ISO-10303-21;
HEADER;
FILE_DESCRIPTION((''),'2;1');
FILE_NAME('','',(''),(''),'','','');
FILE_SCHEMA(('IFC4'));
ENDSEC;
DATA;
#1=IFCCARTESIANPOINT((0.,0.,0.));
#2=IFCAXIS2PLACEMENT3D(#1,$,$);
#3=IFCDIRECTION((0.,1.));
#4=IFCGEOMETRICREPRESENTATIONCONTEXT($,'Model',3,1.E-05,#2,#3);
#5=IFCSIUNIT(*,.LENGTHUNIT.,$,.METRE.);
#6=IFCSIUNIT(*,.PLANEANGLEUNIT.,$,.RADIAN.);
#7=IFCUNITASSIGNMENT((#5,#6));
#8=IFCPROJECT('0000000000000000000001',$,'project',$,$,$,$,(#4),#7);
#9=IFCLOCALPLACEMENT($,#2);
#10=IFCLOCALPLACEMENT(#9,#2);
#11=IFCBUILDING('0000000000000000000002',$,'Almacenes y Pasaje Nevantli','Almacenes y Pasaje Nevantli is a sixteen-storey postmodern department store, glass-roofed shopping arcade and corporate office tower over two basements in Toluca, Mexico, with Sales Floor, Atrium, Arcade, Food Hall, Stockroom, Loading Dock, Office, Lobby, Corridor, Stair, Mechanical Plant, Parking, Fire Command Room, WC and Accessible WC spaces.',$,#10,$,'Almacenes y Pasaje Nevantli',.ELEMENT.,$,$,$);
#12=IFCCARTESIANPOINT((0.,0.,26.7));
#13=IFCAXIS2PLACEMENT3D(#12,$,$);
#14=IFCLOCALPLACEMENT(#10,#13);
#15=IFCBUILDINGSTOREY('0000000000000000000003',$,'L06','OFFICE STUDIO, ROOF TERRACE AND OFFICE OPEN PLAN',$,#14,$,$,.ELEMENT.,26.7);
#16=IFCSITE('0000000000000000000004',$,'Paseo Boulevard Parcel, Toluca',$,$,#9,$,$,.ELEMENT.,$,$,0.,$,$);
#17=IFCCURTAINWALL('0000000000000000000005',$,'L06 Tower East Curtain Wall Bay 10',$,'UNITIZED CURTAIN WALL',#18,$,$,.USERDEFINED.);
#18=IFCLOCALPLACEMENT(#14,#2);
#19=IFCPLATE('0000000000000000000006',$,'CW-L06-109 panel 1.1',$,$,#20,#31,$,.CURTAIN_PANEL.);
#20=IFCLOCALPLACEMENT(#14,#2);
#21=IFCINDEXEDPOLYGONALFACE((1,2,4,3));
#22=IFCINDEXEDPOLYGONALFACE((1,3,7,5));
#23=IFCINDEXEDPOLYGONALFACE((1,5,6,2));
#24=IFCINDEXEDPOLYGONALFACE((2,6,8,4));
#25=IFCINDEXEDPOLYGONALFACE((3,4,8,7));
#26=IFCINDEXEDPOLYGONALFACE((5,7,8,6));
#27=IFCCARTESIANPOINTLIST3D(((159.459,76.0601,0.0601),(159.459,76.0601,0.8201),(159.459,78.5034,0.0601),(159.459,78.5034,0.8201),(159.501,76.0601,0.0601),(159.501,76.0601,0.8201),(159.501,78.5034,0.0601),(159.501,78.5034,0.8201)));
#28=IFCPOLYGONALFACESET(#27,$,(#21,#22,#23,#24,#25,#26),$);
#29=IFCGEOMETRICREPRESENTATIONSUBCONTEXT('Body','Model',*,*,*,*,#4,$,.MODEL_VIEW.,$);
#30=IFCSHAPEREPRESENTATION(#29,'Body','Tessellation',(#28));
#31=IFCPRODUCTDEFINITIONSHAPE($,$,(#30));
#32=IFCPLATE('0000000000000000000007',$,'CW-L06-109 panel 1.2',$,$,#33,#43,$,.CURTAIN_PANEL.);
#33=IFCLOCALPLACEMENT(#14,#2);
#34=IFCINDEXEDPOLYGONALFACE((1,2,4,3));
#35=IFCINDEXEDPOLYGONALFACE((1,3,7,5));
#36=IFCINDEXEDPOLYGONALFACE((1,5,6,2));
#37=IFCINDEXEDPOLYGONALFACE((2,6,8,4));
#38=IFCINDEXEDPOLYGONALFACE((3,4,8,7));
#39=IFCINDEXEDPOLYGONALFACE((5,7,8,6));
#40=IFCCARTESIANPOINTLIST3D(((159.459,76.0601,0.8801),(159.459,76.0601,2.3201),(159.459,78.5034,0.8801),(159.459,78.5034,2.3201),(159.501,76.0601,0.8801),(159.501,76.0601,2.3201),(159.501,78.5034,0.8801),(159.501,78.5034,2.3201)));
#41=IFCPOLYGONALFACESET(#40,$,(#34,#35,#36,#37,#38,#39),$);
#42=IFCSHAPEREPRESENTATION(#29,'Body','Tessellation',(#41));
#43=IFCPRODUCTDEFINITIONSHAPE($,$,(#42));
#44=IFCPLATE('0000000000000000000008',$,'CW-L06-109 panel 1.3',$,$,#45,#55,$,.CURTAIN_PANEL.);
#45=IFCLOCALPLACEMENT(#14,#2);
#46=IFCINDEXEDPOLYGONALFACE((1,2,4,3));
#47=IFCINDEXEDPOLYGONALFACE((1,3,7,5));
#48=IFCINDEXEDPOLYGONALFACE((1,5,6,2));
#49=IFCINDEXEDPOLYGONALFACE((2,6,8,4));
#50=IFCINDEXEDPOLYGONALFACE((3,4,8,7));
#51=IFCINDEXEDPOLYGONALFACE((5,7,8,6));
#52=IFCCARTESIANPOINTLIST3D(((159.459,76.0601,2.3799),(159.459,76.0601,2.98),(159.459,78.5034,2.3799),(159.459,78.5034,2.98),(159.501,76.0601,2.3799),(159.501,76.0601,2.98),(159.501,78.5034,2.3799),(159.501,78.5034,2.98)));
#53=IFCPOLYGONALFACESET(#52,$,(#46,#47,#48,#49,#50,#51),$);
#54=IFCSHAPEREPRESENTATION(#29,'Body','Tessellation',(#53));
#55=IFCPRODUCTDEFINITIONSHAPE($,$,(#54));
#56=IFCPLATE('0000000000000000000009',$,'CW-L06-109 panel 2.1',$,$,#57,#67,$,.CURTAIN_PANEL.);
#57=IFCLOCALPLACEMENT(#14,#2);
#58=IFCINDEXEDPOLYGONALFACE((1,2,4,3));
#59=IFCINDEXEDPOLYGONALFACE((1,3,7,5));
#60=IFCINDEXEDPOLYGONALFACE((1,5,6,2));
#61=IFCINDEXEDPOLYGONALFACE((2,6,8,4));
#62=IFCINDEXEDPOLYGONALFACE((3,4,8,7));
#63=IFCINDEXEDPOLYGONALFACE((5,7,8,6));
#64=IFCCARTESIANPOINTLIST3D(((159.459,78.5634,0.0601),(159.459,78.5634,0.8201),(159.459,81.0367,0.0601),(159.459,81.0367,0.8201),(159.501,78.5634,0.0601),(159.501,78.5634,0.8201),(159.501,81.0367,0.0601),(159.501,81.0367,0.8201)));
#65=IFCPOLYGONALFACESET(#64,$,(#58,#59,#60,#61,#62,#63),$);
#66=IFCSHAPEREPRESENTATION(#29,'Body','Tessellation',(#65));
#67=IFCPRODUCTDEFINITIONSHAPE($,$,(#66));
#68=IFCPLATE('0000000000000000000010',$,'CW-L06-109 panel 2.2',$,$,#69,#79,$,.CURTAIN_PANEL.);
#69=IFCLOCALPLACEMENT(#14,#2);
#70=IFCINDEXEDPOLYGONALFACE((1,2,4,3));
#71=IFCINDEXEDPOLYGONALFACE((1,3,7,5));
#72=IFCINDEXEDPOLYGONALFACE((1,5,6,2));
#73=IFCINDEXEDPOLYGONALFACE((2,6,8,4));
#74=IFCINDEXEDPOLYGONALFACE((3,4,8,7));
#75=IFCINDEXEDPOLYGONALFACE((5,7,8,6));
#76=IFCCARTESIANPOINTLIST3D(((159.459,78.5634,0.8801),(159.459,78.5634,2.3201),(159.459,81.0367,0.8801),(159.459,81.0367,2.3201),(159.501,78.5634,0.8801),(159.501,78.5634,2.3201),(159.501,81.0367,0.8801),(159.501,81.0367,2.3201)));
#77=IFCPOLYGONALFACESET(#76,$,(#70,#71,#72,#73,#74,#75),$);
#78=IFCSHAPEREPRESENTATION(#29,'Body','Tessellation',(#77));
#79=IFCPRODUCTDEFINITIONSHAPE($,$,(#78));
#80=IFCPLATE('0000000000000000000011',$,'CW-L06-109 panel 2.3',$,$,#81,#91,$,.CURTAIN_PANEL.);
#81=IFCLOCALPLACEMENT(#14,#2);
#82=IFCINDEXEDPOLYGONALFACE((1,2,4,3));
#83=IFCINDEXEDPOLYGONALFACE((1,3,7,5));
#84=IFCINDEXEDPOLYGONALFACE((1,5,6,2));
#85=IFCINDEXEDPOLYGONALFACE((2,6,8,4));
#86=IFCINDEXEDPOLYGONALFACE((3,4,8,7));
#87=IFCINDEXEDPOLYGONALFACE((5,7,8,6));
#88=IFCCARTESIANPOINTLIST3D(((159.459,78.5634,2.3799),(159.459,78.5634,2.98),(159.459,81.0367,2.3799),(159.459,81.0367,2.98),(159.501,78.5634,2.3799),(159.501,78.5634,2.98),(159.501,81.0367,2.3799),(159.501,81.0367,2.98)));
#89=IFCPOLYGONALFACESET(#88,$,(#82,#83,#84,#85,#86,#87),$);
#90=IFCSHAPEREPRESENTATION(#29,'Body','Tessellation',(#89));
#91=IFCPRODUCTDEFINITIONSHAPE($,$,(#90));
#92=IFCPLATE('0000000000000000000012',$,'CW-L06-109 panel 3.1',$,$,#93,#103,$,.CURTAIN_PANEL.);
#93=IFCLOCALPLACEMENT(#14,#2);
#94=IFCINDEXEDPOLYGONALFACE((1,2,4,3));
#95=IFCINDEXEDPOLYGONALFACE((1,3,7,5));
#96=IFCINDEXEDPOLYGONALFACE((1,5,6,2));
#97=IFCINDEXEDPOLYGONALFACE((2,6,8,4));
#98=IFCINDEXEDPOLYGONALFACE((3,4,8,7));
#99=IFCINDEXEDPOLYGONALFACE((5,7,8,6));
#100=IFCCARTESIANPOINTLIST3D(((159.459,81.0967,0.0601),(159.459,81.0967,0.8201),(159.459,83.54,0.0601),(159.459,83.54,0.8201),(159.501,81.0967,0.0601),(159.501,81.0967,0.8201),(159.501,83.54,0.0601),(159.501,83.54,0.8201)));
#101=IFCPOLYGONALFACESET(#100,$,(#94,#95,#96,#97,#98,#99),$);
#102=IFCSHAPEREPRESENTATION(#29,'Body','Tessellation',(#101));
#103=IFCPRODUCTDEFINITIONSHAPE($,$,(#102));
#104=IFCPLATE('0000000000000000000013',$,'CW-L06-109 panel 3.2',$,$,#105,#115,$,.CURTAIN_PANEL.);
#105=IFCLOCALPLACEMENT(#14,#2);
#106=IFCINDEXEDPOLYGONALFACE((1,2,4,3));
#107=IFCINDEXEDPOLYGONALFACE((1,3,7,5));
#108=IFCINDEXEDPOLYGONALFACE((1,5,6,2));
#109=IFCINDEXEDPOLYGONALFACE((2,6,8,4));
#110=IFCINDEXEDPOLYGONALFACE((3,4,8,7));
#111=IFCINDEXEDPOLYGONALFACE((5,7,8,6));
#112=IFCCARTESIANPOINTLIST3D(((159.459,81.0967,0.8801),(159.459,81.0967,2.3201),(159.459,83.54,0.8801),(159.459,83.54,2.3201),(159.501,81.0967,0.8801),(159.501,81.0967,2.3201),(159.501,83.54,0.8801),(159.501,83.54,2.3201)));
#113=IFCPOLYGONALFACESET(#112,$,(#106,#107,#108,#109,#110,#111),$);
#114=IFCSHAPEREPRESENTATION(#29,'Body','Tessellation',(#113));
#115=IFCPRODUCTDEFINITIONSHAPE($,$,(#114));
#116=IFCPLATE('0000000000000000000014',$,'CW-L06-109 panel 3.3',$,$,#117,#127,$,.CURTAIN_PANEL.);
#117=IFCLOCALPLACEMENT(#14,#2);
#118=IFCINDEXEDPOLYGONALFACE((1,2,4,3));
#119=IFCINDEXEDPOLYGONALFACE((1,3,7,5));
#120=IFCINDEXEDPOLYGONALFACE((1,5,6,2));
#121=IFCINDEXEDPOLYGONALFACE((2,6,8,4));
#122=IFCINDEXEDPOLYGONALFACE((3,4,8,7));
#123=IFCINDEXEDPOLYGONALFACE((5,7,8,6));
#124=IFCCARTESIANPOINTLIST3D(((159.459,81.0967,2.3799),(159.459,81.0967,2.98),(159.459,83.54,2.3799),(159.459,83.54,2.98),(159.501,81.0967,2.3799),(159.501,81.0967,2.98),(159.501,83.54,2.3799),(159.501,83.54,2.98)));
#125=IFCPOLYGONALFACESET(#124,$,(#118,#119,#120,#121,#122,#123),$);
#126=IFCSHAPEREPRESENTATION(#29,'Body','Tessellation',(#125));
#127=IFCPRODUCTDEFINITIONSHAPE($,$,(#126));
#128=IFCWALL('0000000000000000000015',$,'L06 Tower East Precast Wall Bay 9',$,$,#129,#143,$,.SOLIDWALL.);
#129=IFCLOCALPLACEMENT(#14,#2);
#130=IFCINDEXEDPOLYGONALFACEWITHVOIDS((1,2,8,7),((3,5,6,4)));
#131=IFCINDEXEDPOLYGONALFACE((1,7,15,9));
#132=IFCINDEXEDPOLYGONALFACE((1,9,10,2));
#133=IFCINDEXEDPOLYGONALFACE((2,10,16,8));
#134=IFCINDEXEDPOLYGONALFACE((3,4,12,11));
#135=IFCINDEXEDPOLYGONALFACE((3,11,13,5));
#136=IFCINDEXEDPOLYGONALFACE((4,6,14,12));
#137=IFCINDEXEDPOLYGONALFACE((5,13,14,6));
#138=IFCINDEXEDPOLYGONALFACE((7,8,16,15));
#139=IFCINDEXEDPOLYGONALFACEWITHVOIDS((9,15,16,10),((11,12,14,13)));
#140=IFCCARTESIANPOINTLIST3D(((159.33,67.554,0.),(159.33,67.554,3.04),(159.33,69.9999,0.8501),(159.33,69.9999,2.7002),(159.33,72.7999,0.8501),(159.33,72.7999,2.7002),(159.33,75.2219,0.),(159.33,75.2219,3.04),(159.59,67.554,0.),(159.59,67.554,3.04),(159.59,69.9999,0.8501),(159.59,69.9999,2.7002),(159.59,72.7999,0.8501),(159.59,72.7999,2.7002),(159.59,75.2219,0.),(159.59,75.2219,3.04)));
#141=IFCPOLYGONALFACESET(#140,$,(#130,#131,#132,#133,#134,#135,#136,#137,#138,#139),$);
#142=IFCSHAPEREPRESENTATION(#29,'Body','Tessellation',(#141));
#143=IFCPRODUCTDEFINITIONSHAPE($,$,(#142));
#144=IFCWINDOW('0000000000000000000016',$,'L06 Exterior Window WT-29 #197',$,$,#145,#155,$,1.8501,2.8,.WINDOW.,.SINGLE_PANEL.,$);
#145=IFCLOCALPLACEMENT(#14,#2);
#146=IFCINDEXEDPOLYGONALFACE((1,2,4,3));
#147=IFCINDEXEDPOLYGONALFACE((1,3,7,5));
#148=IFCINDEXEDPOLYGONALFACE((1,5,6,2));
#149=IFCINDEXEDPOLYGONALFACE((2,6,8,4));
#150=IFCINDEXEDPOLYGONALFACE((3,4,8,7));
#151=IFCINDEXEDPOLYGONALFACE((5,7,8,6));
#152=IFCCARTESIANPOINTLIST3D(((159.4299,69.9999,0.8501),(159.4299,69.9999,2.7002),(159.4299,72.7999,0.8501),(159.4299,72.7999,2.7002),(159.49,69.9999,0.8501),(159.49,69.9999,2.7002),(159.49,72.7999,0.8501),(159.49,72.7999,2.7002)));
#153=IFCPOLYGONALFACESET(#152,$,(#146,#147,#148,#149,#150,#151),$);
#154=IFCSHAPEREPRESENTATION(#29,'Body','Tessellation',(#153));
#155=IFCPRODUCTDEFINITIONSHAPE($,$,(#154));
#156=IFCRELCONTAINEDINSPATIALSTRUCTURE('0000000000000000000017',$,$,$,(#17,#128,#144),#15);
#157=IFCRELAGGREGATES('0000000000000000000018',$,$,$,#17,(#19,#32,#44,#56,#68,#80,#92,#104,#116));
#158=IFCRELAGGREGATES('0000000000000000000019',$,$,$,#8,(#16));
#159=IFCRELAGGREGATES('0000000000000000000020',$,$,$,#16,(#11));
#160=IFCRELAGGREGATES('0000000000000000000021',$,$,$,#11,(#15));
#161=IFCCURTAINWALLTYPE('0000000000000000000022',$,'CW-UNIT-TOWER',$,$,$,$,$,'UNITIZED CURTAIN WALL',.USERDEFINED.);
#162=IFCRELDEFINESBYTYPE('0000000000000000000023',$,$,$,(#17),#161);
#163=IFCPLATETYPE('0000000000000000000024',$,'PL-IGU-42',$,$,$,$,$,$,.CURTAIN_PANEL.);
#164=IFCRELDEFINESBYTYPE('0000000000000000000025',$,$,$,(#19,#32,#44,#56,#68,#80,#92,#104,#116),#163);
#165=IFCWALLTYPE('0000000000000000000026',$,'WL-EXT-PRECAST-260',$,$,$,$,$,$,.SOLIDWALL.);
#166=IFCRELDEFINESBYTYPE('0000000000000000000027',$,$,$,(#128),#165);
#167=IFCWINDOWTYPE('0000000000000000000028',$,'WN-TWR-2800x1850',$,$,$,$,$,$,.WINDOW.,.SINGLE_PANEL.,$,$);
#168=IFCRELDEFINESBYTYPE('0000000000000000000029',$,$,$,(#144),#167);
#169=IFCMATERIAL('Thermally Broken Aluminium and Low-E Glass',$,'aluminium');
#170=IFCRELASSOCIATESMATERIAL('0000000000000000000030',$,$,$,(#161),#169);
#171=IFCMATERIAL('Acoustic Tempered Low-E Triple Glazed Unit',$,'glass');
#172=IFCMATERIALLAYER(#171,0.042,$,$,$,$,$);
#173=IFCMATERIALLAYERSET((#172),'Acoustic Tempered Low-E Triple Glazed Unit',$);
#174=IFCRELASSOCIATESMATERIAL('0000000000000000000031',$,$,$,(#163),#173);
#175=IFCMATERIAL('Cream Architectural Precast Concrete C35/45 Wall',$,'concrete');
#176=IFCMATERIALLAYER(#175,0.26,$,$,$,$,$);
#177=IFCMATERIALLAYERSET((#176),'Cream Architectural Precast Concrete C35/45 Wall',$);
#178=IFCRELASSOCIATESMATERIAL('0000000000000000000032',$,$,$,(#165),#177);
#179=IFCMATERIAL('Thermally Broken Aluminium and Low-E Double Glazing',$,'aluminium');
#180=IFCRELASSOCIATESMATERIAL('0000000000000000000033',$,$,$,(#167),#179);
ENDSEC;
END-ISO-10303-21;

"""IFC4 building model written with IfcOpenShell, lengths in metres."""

from ifc_helpers import new_model, si_unit, direction, frame, frame_2d, origin, origin_2d, place, context, subcontext, project, spatial, rectangle, extrude, material, layer, layer_set, type_object, element, fill, aggregate, save


model = new_model("IFC4")

# Units and contexts
model_context = context("Model", 3, precision=1e-05, world=origin(), true_north=direction((0.0, 1.0)))
body_context = subcontext(model_context, "Body", "Model", "MODEL_VIEW")
ifc_project = project(units=[si_unit("LENGTHUNIT", "METRE"), si_unit("PLANEANGLEUNIT", "RADIAN")], contexts=[model_context])

# Site, building, storey
site_placement = place(None, origin())
site = spatial("IfcSite", under=ifc_project, at=site_placement, Name="Paseo Boulevard Parcel, Toluca", CompositionType="ELEMENT", RefElevation=0.0)
building_placement = place(site_placement, origin())
building = spatial("IfcBuilding", under=site, at=building_placement, Name="Almacenes y Pasaje Nevantli", Description="Almacenes y Pasaje Nevantli is a sixteen-storey postmodern department store, glass-roofed shopping arcade and corporate office tower over two basements in Toluca, Mexico, with Sales Floor, Atrium, Arcade, Food Hall, Stockroom, Loading Dock, Office, Lobby, Corridor, Stair, Mechanical Plant, Parking, Fire Command Room, WC and Accessible WC spaces.", LongName="Almacenes y Pasaje Nevantli", CompositionType="ELEMENT")
storey_placement = place(building_placement, frame((0.0, 0.0, 26.7)))
storey = spatial("IfcBuildingStorey", under=building, at=storey_placement, Name="L06", Description="OFFICE STUDIO, ROOF TERRACE AND OFFICE OPEN PLAN", CompositionType="ELEMENT", Elevation=26.7)

# Shared definitions
ifc_material_1 = material(Name="Thermally Broken Aluminium and Low-E Glass", Category="aluminium")
curtain_wall_type = type_object("IfcCurtainWallType", Name="CW-UNIT-TOWER", ElementType="UNITIZED CURTAIN WALL", PredefinedType="USERDEFINED", material=ifc_material_1)

# Curtain wall, plates
curtain_wall_1_placement = place(storey_placement, origin())
curtain_wall_1 = element("IfcCurtainWall", 1, at=curtain_wall_1_placement, inside=storey, type_object=curtain_wall_type, Name="L06 Tower East Curtain Wall Bay 10", ObjectType="UNITIZED CURTAIN WALL", PredefinedType="USERDEFINED")
ifc_material_2 = material(Name="Acoustic Tempered Low-E Triple Glazed Unit", Category="glass")
ifc_layer_1 = layer(ifc_material_2, 0.042)
ifc_layer_set_1 = layer_set([ifc_layer_1], Name="Acoustic Tempered Low-E Triple Glazed Unit")
plate_type = type_object("IfcPlateType", Name="PL-IGU-42", PredefinedType="CURTAIN_PANEL", material=ifc_layer_set_1)
plate_1_placement = place(storey_placement, frame((159.48, 77.2817, 0.0601), z_axis=(0.0, 0.0, 1.0), x_axis=(0.0, 1.0, 0.0)))
plate_1 = element("IfcPlate", 2, at=plate_1_placement, type_object=plate_type, Name="CW-L06-109 panel 1.1", PredefinedType="CURTAIN_PANEL", context=body_context, shape_type="SweptSolid", body=[
    extrude(rectangle(XDim=2.4434, YDim=0.042, at=origin_2d()), origin(), (0.0, 0.0, 1.0), 0.76),
])
plate_2_placement = place(storey_placement, frame((159.48, 77.2817, 0.8801), z_axis=(0.0, 0.0, 1.0), x_axis=(0.0, 1.0, 0.0)))
plate_2 = element("IfcPlate", 3, at=plate_2_placement, type_object=plate_type, Name="CW-L06-109 panel 1.2", PredefinedType="CURTAIN_PANEL", context=body_context, shape_type="SweptSolid", body=[
    extrude(rectangle(XDim=2.4434, YDim=0.042, at=origin_2d()), origin(), (0.0, 0.0, 1.0), 1.4399),
])
plate_3_placement = place(storey_placement, frame((159.48, 77.2817, 2.3799), z_axis=(0.0, 0.0, 1.0), x_axis=(0.0, 1.0, 0.0)))
plate_3 = element("IfcPlate", 4, at=plate_3_placement, type_object=plate_type, Name="CW-L06-109 panel 1.3", PredefinedType="CURTAIN_PANEL", context=body_context, shape_type="SweptSolid", body=[
    extrude(rectangle(XDim=2.4434, YDim=0.042, at=origin_2d()), origin(), (0.0, 0.0, 1.0), 0.6001),
])
plate_4_placement = place(storey_placement, frame((159.48, 79.8, 0.0601), z_axis=(0.0, 0.0, 1.0), x_axis=(0.0, 1.0, 0.0)))
plate_4 = element("IfcPlate", 5, at=plate_4_placement, type_object=plate_type, Name="CW-L06-109 panel 2.1", PredefinedType="CURTAIN_PANEL", context=body_context, shape_type="SweptSolid", body=[
    extrude(rectangle(XDim=2.4734, YDim=0.042, at=origin_2d()), origin(), (0.0, 0.0, 1.0), 0.76),
])
plate_5_placement = place(storey_placement, frame((159.48, 79.8, 0.8801), z_axis=(0.0, 0.0, 1.0), x_axis=(0.0, 1.0, 0.0)))
plate_5 = element("IfcPlate", 6, at=plate_5_placement, type_object=plate_type, Name="CW-L06-109 panel 2.2", PredefinedType="CURTAIN_PANEL", context=body_context, shape_type="SweptSolid", body=[
    extrude(rectangle(XDim=2.4734, YDim=0.042, at=origin_2d()), origin(), (0.0, 0.0, 1.0), 1.4399),
])
plate_6_placement = place(storey_placement, frame((159.48, 79.8, 2.3799), z_axis=(0.0, 0.0, 1.0), x_axis=(0.0, 1.0, 0.0)))
plate_6 = element("IfcPlate", 7, at=plate_6_placement, type_object=plate_type, Name="CW-L06-109 panel 2.3", PredefinedType="CURTAIN_PANEL", context=body_context, shape_type="SweptSolid", body=[
    extrude(rectangle(XDim=2.4734, YDim=0.042, at=origin_2d()), origin(), (0.0, 0.0, 1.0), 0.6001),
])
plate_7_placement = place(storey_placement, frame((159.48, 82.3184, 0.0601), z_axis=(0.0, 0.0, 1.0), x_axis=(0.0, 1.0, 0.0)))
plate_7 = element("IfcPlate", 8, at=plate_7_placement, type_object=plate_type, Name="CW-L06-109 panel 3.1", PredefinedType="CURTAIN_PANEL", context=body_context, shape_type="SweptSolid", body=[
    extrude(rectangle(XDim=2.4434, YDim=0.042, at=origin_2d()), origin(), (0.0, 0.0, 1.0), 0.76),
])
plate_8_placement = place(storey_placement, frame((159.48, 82.3184, 0.8801), z_axis=(0.0, 0.0, 1.0), x_axis=(0.0, 1.0, 0.0)))
plate_8 = element("IfcPlate", 9, at=plate_8_placement, type_object=plate_type, Name="CW-L06-109 panel 3.2", PredefinedType="CURTAIN_PANEL", context=body_context, shape_type="SweptSolid", body=[
    extrude(rectangle(XDim=2.4434, YDim=0.042, at=origin_2d()), origin(), (0.0, 0.0, 1.0), 1.4399),
])
plate_9_placement = place(storey_placement, frame((159.48, 82.3184, 2.3799), z_axis=(0.0, 0.0, 1.0), x_axis=(0.0, 1.0, 0.0)))
plate_9 = element("IfcPlate", 10, at=plate_9_placement, type_object=plate_type, Name="CW-L06-109 panel 3.3", PredefinedType="CURTAIN_PANEL", context=body_context, shape_type="SweptSolid", body=[
    extrude(rectangle(XDim=2.4434, YDim=0.042, at=origin_2d()), origin(), (0.0, 0.0, 1.0), 0.6001),
])
aggregate(curtain_wall_1, [plate_1, plate_2, plate_3, plate_4, plate_5, plate_6, plate_7, plate_8, plate_9])

# Wall, opening, window
ifc_material_3 = material(Name="Cream Architectural Precast Concrete C35/45 Wall", Category="concrete")
ifc_layer_2 = layer(ifc_material_3, 0.26)
ifc_layer_set_2 = layer_set([ifc_layer_2], Name="Cream Architectural Precast Concrete C35/45 Wall")
wall_type = type_object("IfcWallType", Name="WL-EXT-PRECAST-260", PredefinedType="SOLIDWALL", material=ifc_layer_set_2)
wall_placement = place(storey_placement, frame((159.46, 67.554, 0.0), z_axis=(0.0, 0.0, 1.0), x_axis=(0.0, 1.0, 0.0)))
wall = element("IfcWall", 11, at=wall_placement, inside=storey, type_object=wall_type, Name="L06 Tower East Precast Wall Bay 9", PredefinedType="SOLIDWALL", context=body_context, shape_type="SweptSolid", body=[
    extrude(rectangle(XDim=7.668, YDim=0.26, at=frame_2d((3.834, 0.0))), origin(), (0.0, 0.0, 1.0), 3.04),
])
opening_placement = place(wall_placement, frame((2.446, 0.0, 0.8501)))
opening = element("IfcOpeningElement", 12, at=opening_placement, cuts=wall, PredefinedType="OPENING", context=body_context, shape_type="SweptSolid", body=[
    extrude(rectangle(XDim=2.8, YDim=1.8501, at=frame_2d((1.3999, 0.925))), frame((0.0, 0.1399, 0.0), z_axis=(0.0, -1.0, 0.0), x_axis=(1.0, 0.0, 0.0)), (0.0, 0.0, 1.0), 0.28),
])
ifc_material_4 = material(Name="Thermally Broken Aluminium and Low-E Double Glazing", Category="aluminium")
window_type = type_object("IfcWindowType", Name="WN-TWR-2800x1850", PartitioningType="SINGLE_PANEL", PredefinedType="WINDOW", material=ifc_material_4)
window_placement = place(opening_placement, origin())
window = element("IfcWindow", 13, at=window_placement, inside=storey, type_object=window_type, Name="L06 Exterior Window WT-29 #197", OverallHeight=1.8501, OverallWidth=2.8, PartitioningType="SINGLE_PANEL", PredefinedType="WINDOW", context=body_context, shape_type="SweptSolid", body=[
    extrude(rectangle(XDim=2.8, YDim=1.8501, at=frame_2d((1.3999, 0.925))), frame((0.0, 0.03, 0.0), z_axis=(0.0, -1.0, 0.0), x_axis=(1.0, 0.0, 0.0)), (0.0, 0.0, 1.0), 0.0601),
])
fill(opening, window)

save(model, "model.ifc")
